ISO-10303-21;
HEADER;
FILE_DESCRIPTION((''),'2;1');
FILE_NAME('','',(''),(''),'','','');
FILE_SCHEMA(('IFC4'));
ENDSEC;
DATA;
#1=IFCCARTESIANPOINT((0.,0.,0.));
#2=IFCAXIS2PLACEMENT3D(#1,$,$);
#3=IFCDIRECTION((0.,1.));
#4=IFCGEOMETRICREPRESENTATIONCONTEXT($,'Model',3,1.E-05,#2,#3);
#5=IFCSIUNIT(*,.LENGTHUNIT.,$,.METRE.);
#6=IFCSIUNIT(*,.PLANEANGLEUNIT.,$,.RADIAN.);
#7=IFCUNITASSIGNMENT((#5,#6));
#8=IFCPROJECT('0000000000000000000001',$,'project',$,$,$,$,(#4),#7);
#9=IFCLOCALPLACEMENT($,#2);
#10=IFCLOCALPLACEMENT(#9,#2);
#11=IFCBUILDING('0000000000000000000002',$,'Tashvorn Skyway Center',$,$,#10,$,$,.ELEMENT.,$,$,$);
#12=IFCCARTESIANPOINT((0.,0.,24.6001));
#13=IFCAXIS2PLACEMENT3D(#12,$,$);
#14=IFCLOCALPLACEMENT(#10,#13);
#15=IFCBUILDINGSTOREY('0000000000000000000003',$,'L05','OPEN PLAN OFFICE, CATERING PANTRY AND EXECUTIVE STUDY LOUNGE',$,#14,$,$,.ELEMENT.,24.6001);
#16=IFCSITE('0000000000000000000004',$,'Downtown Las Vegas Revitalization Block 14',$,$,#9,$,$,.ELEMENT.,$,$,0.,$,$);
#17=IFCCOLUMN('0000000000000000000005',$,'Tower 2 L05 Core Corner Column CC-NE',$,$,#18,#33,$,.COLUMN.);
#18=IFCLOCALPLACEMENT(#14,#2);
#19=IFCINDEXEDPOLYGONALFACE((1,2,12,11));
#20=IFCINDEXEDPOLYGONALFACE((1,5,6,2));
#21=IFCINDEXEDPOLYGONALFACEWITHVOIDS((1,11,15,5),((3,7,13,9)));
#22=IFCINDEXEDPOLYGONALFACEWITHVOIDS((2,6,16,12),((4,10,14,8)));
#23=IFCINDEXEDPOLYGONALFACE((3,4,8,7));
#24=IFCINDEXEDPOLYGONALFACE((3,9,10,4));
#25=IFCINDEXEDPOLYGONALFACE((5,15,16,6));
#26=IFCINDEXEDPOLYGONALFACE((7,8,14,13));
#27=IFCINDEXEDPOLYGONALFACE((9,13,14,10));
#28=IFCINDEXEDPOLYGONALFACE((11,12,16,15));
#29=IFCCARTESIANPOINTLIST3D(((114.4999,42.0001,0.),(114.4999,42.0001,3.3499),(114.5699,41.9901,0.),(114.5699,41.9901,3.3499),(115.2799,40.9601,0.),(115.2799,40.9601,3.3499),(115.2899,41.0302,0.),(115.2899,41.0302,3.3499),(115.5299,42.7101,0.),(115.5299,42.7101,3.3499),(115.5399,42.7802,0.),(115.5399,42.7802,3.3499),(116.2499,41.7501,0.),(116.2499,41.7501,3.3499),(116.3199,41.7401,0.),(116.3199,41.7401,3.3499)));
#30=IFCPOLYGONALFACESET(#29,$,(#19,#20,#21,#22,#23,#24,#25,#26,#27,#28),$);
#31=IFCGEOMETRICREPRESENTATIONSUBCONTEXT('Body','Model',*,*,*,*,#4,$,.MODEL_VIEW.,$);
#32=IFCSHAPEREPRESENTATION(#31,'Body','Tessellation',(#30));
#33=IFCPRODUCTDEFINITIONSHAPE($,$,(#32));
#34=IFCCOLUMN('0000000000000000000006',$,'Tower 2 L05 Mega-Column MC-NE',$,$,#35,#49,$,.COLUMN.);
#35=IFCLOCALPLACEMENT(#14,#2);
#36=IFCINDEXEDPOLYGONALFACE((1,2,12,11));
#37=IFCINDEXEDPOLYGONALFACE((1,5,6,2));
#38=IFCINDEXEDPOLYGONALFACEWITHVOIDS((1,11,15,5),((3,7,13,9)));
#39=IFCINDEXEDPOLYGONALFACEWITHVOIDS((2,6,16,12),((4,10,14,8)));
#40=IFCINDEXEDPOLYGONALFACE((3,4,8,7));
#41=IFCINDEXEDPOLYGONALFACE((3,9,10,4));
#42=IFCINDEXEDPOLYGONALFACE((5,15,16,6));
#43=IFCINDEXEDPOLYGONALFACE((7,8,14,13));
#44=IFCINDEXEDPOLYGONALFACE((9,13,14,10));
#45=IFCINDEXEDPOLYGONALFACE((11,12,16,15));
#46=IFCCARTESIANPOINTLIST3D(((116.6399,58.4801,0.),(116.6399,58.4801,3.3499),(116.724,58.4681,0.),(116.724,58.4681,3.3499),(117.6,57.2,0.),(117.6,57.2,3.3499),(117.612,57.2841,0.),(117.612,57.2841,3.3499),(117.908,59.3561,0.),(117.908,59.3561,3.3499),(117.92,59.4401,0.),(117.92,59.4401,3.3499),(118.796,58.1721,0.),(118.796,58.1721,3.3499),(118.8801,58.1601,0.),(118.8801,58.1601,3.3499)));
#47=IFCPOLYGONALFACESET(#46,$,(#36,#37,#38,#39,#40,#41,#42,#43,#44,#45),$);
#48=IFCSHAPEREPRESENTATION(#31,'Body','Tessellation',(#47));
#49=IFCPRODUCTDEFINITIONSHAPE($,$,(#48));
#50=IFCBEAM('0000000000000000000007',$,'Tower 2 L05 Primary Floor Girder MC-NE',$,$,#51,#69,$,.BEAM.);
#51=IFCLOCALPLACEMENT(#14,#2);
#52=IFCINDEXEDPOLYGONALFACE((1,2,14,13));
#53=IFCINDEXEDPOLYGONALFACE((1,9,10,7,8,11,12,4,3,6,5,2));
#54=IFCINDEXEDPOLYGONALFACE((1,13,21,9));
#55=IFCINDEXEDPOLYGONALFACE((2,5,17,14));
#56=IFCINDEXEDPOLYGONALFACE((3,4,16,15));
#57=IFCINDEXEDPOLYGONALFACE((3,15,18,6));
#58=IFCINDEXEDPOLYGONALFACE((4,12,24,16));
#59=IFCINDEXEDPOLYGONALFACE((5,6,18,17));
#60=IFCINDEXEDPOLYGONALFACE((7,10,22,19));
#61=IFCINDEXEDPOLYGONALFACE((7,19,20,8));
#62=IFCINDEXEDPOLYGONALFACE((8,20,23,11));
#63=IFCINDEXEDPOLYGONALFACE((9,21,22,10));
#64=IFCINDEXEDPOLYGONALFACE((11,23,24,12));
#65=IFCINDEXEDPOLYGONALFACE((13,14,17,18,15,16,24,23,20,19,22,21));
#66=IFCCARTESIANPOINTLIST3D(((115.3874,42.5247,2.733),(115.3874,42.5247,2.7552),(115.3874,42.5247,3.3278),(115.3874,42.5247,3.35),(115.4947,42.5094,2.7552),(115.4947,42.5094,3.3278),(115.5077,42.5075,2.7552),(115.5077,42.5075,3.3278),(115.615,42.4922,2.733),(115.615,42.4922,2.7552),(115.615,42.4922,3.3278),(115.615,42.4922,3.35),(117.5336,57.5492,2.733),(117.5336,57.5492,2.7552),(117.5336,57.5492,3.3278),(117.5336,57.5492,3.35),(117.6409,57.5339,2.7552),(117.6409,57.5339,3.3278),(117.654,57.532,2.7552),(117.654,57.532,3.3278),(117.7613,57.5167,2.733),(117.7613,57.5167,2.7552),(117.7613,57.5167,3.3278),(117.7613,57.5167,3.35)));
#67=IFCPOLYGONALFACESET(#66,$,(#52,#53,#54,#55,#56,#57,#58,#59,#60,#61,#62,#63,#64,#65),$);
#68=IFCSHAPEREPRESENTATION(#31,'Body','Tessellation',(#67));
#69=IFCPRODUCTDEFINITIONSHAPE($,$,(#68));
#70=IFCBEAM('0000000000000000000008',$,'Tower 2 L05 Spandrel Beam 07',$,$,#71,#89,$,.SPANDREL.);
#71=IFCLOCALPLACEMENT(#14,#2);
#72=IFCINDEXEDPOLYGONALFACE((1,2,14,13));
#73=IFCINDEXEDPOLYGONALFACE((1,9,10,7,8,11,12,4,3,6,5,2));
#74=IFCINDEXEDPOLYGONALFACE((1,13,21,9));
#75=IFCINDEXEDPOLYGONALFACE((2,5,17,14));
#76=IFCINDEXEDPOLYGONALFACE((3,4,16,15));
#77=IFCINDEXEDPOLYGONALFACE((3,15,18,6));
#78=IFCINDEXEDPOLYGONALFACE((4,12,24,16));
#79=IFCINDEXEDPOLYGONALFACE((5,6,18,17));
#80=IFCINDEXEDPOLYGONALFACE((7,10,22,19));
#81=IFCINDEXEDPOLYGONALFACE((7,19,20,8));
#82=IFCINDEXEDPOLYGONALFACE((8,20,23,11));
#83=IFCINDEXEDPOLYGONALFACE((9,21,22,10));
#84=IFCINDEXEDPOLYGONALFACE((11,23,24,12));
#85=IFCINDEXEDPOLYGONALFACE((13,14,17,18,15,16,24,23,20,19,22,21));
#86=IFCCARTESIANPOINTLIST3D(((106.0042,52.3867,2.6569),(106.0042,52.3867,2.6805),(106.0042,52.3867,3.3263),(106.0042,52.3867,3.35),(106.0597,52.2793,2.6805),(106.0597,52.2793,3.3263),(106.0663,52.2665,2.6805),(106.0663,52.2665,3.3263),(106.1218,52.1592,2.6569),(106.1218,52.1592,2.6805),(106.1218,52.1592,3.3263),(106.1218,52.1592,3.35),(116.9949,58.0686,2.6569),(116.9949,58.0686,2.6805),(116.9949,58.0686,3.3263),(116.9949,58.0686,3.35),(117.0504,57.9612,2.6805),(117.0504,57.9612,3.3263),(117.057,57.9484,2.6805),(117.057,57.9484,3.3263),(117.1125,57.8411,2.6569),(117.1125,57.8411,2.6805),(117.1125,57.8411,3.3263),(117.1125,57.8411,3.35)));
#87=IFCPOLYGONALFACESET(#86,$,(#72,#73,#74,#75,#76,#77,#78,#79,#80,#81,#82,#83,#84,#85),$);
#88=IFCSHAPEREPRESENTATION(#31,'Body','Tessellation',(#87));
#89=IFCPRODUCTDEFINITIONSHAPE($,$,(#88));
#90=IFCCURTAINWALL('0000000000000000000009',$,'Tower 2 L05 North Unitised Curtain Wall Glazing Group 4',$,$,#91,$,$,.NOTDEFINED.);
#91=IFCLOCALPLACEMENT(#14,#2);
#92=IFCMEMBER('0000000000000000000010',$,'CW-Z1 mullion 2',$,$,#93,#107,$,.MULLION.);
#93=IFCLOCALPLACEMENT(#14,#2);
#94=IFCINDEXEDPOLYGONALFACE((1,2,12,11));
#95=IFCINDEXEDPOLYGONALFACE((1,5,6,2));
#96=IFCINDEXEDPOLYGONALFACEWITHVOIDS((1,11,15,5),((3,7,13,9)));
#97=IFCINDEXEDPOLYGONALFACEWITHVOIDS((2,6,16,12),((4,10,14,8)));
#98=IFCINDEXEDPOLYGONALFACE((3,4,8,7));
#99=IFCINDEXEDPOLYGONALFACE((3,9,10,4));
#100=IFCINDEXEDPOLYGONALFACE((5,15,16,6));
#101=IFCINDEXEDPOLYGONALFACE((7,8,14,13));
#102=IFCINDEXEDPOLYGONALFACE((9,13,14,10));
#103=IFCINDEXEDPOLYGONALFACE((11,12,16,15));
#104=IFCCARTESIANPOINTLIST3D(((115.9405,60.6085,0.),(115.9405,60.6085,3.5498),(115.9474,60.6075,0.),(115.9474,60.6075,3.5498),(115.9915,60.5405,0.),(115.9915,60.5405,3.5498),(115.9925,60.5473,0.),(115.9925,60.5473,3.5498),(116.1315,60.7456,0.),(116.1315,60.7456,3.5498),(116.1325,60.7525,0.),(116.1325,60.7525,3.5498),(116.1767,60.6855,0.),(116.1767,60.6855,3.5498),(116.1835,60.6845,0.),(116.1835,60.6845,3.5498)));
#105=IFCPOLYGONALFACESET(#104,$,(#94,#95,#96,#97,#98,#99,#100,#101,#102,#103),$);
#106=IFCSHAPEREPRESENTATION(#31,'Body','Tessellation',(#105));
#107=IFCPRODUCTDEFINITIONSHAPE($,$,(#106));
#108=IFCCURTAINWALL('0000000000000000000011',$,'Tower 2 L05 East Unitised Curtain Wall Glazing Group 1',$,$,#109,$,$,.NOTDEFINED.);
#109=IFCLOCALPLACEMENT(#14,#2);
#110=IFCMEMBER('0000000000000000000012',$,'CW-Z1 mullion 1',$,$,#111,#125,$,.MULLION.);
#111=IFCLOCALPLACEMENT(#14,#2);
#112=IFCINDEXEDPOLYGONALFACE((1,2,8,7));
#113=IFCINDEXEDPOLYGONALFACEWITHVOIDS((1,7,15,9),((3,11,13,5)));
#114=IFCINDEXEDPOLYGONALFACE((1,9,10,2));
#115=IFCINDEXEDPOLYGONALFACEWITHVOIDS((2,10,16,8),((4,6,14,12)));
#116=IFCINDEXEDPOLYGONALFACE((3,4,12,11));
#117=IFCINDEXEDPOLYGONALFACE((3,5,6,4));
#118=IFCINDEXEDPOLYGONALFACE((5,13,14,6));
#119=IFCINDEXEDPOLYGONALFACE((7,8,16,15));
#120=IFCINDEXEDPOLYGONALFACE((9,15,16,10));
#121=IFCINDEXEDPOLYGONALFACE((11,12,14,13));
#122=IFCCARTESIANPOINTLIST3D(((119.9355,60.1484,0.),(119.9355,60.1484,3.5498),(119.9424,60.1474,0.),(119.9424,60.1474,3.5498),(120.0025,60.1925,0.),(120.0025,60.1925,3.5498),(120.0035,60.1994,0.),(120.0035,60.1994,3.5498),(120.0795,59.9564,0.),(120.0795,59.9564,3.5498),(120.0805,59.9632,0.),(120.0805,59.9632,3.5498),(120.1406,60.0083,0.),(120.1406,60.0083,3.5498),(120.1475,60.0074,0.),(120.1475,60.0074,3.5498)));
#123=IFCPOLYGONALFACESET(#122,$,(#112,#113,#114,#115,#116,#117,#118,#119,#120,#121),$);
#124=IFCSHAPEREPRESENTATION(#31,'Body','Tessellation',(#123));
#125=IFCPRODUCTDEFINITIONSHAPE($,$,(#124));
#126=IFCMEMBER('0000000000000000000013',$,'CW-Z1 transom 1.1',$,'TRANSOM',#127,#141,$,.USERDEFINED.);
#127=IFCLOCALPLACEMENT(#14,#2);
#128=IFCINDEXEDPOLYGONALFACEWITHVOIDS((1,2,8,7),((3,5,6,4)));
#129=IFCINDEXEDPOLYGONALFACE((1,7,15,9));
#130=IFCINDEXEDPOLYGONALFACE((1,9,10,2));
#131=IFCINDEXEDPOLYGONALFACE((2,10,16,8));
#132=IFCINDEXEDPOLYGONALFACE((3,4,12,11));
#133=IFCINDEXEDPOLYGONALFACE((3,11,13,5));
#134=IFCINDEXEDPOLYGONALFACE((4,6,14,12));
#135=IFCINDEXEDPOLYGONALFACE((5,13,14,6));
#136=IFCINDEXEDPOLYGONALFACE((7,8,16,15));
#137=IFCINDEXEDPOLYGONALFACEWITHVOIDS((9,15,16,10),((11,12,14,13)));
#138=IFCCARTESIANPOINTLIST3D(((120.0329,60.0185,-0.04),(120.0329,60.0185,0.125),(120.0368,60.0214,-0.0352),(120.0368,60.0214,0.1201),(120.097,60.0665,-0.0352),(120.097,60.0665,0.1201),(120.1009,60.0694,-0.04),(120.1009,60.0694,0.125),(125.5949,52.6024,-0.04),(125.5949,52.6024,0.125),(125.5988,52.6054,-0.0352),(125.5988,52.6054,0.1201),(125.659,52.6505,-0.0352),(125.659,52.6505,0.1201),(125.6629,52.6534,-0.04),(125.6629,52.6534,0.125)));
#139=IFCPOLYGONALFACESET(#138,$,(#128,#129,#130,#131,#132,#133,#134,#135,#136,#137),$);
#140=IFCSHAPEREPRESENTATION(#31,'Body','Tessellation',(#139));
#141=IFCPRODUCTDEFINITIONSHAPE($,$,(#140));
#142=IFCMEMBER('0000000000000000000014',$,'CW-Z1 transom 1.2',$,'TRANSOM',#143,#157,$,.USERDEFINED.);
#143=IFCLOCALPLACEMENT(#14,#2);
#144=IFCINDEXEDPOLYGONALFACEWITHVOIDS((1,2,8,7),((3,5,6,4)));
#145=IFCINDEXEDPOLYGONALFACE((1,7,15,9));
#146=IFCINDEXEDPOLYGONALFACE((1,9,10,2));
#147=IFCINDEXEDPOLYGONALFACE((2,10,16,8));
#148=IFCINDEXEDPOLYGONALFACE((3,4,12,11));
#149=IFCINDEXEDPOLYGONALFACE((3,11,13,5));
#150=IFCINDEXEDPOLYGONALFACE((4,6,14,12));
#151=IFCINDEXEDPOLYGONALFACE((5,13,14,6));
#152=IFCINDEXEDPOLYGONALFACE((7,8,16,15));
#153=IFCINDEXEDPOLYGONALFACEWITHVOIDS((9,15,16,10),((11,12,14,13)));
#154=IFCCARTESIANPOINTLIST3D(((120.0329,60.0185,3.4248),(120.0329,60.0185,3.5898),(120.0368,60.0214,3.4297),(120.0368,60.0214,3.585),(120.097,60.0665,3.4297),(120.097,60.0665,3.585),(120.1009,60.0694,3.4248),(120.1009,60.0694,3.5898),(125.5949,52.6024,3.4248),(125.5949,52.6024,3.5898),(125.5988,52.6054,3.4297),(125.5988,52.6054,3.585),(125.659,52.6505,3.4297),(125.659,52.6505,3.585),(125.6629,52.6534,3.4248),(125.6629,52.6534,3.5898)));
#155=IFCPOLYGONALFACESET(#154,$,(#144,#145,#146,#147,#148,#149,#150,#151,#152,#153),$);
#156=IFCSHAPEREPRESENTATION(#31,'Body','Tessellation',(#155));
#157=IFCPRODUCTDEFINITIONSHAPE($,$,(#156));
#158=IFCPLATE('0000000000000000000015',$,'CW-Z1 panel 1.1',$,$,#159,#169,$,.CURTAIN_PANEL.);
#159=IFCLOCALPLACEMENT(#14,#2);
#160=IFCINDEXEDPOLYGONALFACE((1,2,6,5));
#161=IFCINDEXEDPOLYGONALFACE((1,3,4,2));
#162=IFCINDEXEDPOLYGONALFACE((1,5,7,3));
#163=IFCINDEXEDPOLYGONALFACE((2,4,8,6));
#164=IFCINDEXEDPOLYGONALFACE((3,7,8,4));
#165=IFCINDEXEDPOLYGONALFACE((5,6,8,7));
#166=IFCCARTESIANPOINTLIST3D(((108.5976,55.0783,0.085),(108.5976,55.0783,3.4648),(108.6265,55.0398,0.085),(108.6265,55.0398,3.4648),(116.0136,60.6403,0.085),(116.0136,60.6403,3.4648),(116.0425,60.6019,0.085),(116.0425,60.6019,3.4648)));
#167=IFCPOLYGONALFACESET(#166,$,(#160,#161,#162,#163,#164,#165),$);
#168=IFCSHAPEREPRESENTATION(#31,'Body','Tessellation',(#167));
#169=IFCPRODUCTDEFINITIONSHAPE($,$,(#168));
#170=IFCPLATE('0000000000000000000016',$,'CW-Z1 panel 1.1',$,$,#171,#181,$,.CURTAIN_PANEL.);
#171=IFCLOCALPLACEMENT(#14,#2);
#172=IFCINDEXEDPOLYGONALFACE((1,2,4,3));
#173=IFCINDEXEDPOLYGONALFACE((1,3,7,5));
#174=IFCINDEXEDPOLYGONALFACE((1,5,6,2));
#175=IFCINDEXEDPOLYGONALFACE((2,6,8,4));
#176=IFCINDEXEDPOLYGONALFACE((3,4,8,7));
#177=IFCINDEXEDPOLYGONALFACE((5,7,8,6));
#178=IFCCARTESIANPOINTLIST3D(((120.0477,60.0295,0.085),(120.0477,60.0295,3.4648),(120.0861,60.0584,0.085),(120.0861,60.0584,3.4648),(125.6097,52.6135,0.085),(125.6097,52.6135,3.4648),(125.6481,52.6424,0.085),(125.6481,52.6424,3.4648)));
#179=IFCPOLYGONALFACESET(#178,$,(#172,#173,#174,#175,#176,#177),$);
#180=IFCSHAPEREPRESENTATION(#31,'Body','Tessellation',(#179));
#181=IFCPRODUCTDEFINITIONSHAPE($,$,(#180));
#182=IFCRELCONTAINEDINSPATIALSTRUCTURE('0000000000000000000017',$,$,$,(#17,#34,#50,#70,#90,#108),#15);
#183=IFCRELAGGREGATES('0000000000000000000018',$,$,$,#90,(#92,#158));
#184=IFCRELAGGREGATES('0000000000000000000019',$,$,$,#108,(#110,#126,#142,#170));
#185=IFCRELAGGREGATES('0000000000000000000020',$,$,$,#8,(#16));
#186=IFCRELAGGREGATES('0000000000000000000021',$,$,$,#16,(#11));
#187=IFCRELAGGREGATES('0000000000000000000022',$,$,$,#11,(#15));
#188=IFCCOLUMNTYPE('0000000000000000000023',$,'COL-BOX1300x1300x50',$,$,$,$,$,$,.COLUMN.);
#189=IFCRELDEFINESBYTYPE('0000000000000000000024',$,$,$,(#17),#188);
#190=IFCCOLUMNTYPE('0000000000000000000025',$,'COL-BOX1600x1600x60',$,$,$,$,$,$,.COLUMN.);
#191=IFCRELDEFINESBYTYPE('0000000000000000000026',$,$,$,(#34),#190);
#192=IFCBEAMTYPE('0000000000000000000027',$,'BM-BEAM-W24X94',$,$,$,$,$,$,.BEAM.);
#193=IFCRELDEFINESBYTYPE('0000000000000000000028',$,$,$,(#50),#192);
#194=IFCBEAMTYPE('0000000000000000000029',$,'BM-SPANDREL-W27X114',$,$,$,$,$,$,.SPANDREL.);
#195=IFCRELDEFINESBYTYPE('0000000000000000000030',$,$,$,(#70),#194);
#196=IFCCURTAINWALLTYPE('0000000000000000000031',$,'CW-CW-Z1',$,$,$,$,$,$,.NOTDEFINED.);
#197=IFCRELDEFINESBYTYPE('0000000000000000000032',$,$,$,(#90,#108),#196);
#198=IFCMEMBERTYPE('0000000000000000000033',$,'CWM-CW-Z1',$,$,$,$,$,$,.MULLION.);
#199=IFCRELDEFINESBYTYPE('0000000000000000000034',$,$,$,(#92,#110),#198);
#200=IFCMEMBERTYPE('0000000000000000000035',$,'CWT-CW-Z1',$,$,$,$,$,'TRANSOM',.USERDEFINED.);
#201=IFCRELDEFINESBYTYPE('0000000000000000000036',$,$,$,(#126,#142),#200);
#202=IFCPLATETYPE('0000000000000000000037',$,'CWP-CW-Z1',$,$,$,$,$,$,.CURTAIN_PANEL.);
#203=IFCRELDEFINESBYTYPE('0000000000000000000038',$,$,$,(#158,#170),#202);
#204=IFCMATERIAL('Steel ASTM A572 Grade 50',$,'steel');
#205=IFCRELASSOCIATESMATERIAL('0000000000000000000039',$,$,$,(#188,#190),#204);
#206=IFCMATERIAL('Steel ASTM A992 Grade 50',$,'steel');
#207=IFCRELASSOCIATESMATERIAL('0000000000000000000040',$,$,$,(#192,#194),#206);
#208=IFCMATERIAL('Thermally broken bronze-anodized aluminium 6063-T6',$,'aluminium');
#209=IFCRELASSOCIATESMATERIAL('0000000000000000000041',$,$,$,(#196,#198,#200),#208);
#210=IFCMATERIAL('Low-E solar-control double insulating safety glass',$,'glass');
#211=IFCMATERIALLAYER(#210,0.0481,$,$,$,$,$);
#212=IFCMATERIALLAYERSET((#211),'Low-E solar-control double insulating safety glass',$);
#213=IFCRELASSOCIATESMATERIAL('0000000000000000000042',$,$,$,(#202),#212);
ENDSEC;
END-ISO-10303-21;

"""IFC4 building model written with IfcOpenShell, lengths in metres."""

from ifc_helpers import new_model, si_unit, direction, frame, origin, origin_2d, place, context, subcontext, project, spatial, rectangle, hollow_rectangle, i_section, extrude, material, layer, layer_set, material_profile, profile_set, type_object, element, aggregate, save


model = new_model("IFC4")

# Units and contexts
model_context = context("Model", 3, precision=1e-05, world=origin(), true_north=direction((0.0, 1.0)))
body_context = subcontext(model_context, "Body", "Model", "MODEL_VIEW")
ifc_project = project(units=[si_unit("LENGTHUNIT", "METRE"), si_unit("PLANEANGLEUNIT", "RADIAN")], contexts=[model_context])

# Site, building, storey
site_placement = place(None, origin())
site = spatial("IfcSite", under=ifc_project, at=site_placement, Name="Downtown Las Vegas Revitalization Block 14", CompositionType="ELEMENT", RefElevation=0.0)
building_placement = place(site_placement, origin())
building = spatial("IfcBuilding", under=site, at=building_placement, Name="Tashvorn Skyway Center", CompositionType="ELEMENT")
storey_placement = place(building_placement, frame((0.0, 0.0, 24.6001)))
storey = spatial("IfcBuildingStorey", under=building, at=storey_placement, Name="L05", Description="OPEN PLAN OFFICE, CATERING PANTRY AND EXECUTIVE STUDY LOUNGE", CompositionType="ELEMENT", Elevation=24.6001)

# Columns
ifc_material_1 = material(Name="Steel ASTM A572 Grade 50", Category="steel")
ifc_material_profile_1 = material_profile(ifc_material_1, hollow_rectangle(XDim=1.3, YDim=1.3, WallThickness=0.05, at=origin_2d()), Name="BOX1300x1300x50")
ifc_profile_set_1 = profile_set([ifc_material_profile_1], Name="Steel ASTM A572 Grade 50")
column_type_1 = type_object("IfcColumnType", Name="COL-BOX1300x1300x50", PredefinedType="COLUMN", material=ifc_profile_set_1)
column_1_placement = place(storey_placement, frame((115.4099, 41.8701, 0.0), z_axis=(0.0, 0.0, 1.0), x_axis=(0.8, 0.6, 0.0)))
element("IfcColumn", 1, at=column_1_placement, inside=storey, type_object=column_type_1, Name="Tower 2 L05 Core Corner Column CC-NE", PredefinedType="COLUMN", context=body_context, shape_type="SweptSolid", body=[
    extrude(hollow_rectangle(XDim=1.3, YDim=1.3, WallThickness=0.05, at=origin_2d()), origin(), (0.0, 0.0, 1.0), 3.3499),
])
ifc_material_profile_2 = material_profile(ifc_material_1, hollow_rectangle(XDim=1.6001, YDim=1.6001, WallThickness=0.0601, at=origin_2d()), Name="BOX1600x1600x60")
ifc_profile_set_2 = profile_set([ifc_material_profile_2], Name="Steel ASTM A572 Grade 50")
column_type_2 = type_object("IfcColumnType", Name="COL-BOX1600x1600x60", PredefinedType="COLUMN", material=ifc_profile_set_2)
column_2_placement = place(storey_placement, frame((117.76, 58.3201, 0.0), z_axis=(0.0, 0.0, 1.0), x_axis=(0.8, 0.6, 0.0)))
element("IfcColumn", 2, at=column_2_placement, inside=storey, type_object=column_type_2, Name="Tower 2 L05 Mega-Column MC-NE", PredefinedType="COLUMN", context=body_context, shape_type="SweptSolid", body=[
    extrude(hollow_rectangle(XDim=1.6001, YDim=1.6001, WallThickness=0.0601, at=origin_2d()), origin(), (0.0, 0.0, 1.0), 3.3499),
])

# Beams
ifc_material_2 = material(Name="Steel ASTM A992 Grade 50", Category="steel")
ifc_material_profile_3 = material_profile(ifc_material_2, i_section(OverallWidth=0.23, OverallDepth=0.6169, WebThickness=0.0132, FlangeThickness=0.0222, at=origin_2d()), Name="W24X94")
ifc_profile_set_3 = profile_set([ifc_material_profile_3], Name="Steel ASTM A992 Grade 50")
beam_type_1 = type_object("IfcBeamType", Name="BM-BEAM-W24X94", PredefinedType="BEAM", material=ifc_profile_set_3)
beam_1_placement = place(storey_placement, frame((117.6475, 57.533, 3.0415), z_axis=(-0.141415, -0.98995, 0.0), x_axis=(0.98995, -0.141415, 0.0)))
element("IfcBeam", 3, at=beam_1_placement, inside=storey, type_object=beam_type_1, Name="Tower 2 L05 Primary Floor Girder MC-NE", PredefinedType="BEAM", context=body_context, shape_type="SweptSolid", body=[
    extrude(i_section(OverallWidth=0.23, OverallDepth=0.6169, WebThickness=0.0132, FlangeThickness=0.0222, at=origin_2d()), origin(), (0.0, 0.0, 1.0), 15.177),
])
ifc_material_profile_4 = material_profile(ifc_material_2, i_section(OverallWidth=0.2561, OverallDepth=0.6931, WebThickness=0.0144, FlangeThickness=0.0237, at=origin_2d()), Name="W27X114")
ifc_profile_set_4 = profile_set([ifc_material_profile_4], Name="Steel ASTM A992 Grade 50")
beam_type_2 = type_object("IfcBeamType", Name="BM-SPANDREL-W27X114", PredefinedType="SPANDREL", material=ifc_profile_set_4)
beam_2_placement = place(storey_placement, frame((117.0537, 57.9548, 3.0034), z_axis=(-0.888316, -0.459233, 0.0), x_axis=(0.459233, -0.888316, 0.0)))
element("IfcBeam", 4, at=beam_2_placement, inside=storey, type_object=beam_type_2, Name="Tower 2 L05 Spandrel Beam 07", PredefinedType="SPANDREL", context=body_context, shape_type="SweptSolid", body=[
    extrude(i_section(OverallWidth=0.2561, OverallDepth=0.6931, WebThickness=0.0144, FlangeThickness=0.0237, at=origin_2d()), origin(), (0.0, 0.0, 1.0), 12.3726),
])

# Curtain wall, member
ifc_material_3 = material(Name="Thermally broken bronze-anodized aluminium 6063-T6", Category="aluminium")
curtain_wall_type = type_object("IfcCurtainWallType", Name="CW-CW-Z1", PredefinedType="NOTDEFINED", material=ifc_material_3)
curtain_wall_1_placement = place(storey_placement, origin())
curtain_wall_1 = element("IfcCurtainWall", 5, at=curtain_wall_1_placement, inside=storey, type_object=curtain_wall_type, Name="Tower 2 L05 North Unitised Curtain Wall Glazing Group 4", PredefinedType="NOTDEFINED")
ifc_material_profile_5 = material_profile(ifc_material_3, hollow_rectangle(XDim=0.085, YDim=0.24, WallThickness=0.0049, at=origin_2d()), Name="ALU-MULL-85x240")
ifc_profile_set_5 = profile_set([ifc_material_profile_5], Name="Thermally broken bronze-anodized aluminium 6063-T6")
member_type_1 = type_object("IfcMemberType", Name="CWM-CW-Z1", PredefinedType="MULLION", material=ifc_profile_set_5)
member_1_placement = place(storey_placement, frame((116.062, 60.6465, 0.0), z_axis=(0.0, 0.0, 1.0), x_axis=(-0.6, 0.8, 0.0)))
member_1 = element("IfcMember", 6, at=member_1_placement, type_object=member_type_1, Name="CW-Z1 mullion 2", PredefinedType="MULLION", context=body_context, shape_type="SweptSolid", body=[
    extrude(hollow_rectangle(XDim=0.085, YDim=0.24, WallThickness=0.0049, at=origin_2d()), origin(), (0.0, 0.0, 1.0), 3.5498),
])

# Curtain wall, members
curtain_wall_2_placement = place(storey_placement, origin())
curtain_wall_2 = element("IfcCurtainWall", 7, at=curtain_wall_2_placement, inside=storey, type_object=curtain_wall_type, Name="Tower 2 L05 East Unitised Curtain Wall Glazing Group 1", PredefinedType="NOTDEFINED")
member_2_placement = place(storey_placement, frame((120.0415, 60.0779, 0.0), z_axis=(0.0, 0.0, 1.0), x_axis=(0.8, 0.6, 0.0)))
member_2 = element("IfcMember", 8, at=member_2_placement, type_object=member_type_1, Name="CW-Z1 mullion 1", PredefinedType="MULLION", context=body_context, shape_type="SweptSolid", body=[
    extrude(hollow_rectangle(XDim=0.085, YDim=0.24, WallThickness=0.0049, at=origin_2d()), origin(), (0.0, 0.0, 1.0), 3.5498),
])
ifc_material_profile_6 = material_profile(ifc_material_3, hollow_rectangle(XDim=0.085, YDim=0.165, WallThickness=0.0049, at=origin_2d()), Name="ALU-TRAN-85x165")
ifc_profile_set_6 = profile_set([ifc_material_profile_6], Name="Thermally broken bronze-anodized aluminium 6063-T6")
member_type_2 = type_object("IfcMemberType", Name="CWT-CW-Z1", ElementType="TRANSOM", PredefinedType="USERDEFINED", material=ifc_profile_set_6)
member_3_placement = place(storey_placement, frame((120.0669, 60.0439, 0.0425), z_axis=(0.6, -0.8, 0.0), x_axis=(0.8, 0.6, 0.0)))
member_3 = element("IfcMember", 9, at=member_3_placement, type_object=member_type_2, Name="CW-Z1 transom 1.1", ObjectType="TRANSOM", PredefinedType="USERDEFINED", context=body_context, shape_type="SweptSolid", body=[
    extrude(hollow_rectangle(XDim=0.085, YDim=0.165, WallThickness=0.0049, at=origin_2d()), origin(), (0.0, 0.0, 1.0), 9.27),
])
member_4_placement = place(storey_placement, frame((120.0669, 60.0439, 3.5073), z_axis=(0.6, -0.8, 0.0), x_axis=(0.8, 0.6, 0.0)))
member_4 = element("IfcMember", 10, at=member_4_placement, type_object=member_type_2, Name="CW-Z1 transom 1.2", ObjectType="TRANSOM", PredefinedType="USERDEFINED", context=body_context, shape_type="SweptSolid", body=[
    extrude(hollow_rectangle(XDim=0.085, YDim=0.165, WallThickness=0.0049, at=origin_2d()), origin(), (0.0, 0.0, 1.0), 9.27),
])

# Plates
ifc_material_4 = material(Name="Low-E solar-control double insulating safety glass", Category="glass")
ifc_layer_1 = layer(ifc_material_4, 0.0481)
ifc_layer_set_1 = layer_set([ifc_layer_1], Name="Low-E solar-control double insulating safety glass")
plate_type = type_object("IfcPlateType", Name="CWP-CW-Z1", PredefinedType="CURTAIN_PANEL", material=ifc_layer_set_1)
plate_1_placement = place(storey_placement, frame((112.3201, 57.8401, 0.085), z_axis=(0.0, 0.0, 1.0), x_axis=(0.8, 0.6, 0.0)))
plate_1 = element("IfcPlate", 11, at=plate_1_placement, type_object=plate_type, Name="CW-Z1 panel 1.1", PredefinedType="CURTAIN_PANEL", context=body_context, shape_type="SweptSolid", body=[
    extrude(rectangle(XDim=9.27, YDim=0.0481, at=origin_2d()), origin(), (0.0, 0.0, 1.0), 3.3799),
])
aggregate(curtain_wall_1, [member_1, plate_1])
plate_2_placement = place(storey_placement, frame((122.8479, 56.3359, 0.085), z_axis=(0.0, 0.0, 1.0), x_axis=(0.6, -0.8, 0.0)))
plate_2 = element("IfcPlate", 12, at=plate_2_placement, type_object=plate_type, Name="CW-Z1 panel 1.1", PredefinedType="CURTAIN_PANEL", context=body_context, shape_type="SweptSolid", body=[
    extrude(rectangle(XDim=9.27, YDim=0.0481, at=origin_2d()), origin(), (0.0, 0.0, 1.0), 3.3799),
])
aggregate(curtain_wall_2, [member_2, member_3, member_4, plate_2])

save(model, "model.ifc")
